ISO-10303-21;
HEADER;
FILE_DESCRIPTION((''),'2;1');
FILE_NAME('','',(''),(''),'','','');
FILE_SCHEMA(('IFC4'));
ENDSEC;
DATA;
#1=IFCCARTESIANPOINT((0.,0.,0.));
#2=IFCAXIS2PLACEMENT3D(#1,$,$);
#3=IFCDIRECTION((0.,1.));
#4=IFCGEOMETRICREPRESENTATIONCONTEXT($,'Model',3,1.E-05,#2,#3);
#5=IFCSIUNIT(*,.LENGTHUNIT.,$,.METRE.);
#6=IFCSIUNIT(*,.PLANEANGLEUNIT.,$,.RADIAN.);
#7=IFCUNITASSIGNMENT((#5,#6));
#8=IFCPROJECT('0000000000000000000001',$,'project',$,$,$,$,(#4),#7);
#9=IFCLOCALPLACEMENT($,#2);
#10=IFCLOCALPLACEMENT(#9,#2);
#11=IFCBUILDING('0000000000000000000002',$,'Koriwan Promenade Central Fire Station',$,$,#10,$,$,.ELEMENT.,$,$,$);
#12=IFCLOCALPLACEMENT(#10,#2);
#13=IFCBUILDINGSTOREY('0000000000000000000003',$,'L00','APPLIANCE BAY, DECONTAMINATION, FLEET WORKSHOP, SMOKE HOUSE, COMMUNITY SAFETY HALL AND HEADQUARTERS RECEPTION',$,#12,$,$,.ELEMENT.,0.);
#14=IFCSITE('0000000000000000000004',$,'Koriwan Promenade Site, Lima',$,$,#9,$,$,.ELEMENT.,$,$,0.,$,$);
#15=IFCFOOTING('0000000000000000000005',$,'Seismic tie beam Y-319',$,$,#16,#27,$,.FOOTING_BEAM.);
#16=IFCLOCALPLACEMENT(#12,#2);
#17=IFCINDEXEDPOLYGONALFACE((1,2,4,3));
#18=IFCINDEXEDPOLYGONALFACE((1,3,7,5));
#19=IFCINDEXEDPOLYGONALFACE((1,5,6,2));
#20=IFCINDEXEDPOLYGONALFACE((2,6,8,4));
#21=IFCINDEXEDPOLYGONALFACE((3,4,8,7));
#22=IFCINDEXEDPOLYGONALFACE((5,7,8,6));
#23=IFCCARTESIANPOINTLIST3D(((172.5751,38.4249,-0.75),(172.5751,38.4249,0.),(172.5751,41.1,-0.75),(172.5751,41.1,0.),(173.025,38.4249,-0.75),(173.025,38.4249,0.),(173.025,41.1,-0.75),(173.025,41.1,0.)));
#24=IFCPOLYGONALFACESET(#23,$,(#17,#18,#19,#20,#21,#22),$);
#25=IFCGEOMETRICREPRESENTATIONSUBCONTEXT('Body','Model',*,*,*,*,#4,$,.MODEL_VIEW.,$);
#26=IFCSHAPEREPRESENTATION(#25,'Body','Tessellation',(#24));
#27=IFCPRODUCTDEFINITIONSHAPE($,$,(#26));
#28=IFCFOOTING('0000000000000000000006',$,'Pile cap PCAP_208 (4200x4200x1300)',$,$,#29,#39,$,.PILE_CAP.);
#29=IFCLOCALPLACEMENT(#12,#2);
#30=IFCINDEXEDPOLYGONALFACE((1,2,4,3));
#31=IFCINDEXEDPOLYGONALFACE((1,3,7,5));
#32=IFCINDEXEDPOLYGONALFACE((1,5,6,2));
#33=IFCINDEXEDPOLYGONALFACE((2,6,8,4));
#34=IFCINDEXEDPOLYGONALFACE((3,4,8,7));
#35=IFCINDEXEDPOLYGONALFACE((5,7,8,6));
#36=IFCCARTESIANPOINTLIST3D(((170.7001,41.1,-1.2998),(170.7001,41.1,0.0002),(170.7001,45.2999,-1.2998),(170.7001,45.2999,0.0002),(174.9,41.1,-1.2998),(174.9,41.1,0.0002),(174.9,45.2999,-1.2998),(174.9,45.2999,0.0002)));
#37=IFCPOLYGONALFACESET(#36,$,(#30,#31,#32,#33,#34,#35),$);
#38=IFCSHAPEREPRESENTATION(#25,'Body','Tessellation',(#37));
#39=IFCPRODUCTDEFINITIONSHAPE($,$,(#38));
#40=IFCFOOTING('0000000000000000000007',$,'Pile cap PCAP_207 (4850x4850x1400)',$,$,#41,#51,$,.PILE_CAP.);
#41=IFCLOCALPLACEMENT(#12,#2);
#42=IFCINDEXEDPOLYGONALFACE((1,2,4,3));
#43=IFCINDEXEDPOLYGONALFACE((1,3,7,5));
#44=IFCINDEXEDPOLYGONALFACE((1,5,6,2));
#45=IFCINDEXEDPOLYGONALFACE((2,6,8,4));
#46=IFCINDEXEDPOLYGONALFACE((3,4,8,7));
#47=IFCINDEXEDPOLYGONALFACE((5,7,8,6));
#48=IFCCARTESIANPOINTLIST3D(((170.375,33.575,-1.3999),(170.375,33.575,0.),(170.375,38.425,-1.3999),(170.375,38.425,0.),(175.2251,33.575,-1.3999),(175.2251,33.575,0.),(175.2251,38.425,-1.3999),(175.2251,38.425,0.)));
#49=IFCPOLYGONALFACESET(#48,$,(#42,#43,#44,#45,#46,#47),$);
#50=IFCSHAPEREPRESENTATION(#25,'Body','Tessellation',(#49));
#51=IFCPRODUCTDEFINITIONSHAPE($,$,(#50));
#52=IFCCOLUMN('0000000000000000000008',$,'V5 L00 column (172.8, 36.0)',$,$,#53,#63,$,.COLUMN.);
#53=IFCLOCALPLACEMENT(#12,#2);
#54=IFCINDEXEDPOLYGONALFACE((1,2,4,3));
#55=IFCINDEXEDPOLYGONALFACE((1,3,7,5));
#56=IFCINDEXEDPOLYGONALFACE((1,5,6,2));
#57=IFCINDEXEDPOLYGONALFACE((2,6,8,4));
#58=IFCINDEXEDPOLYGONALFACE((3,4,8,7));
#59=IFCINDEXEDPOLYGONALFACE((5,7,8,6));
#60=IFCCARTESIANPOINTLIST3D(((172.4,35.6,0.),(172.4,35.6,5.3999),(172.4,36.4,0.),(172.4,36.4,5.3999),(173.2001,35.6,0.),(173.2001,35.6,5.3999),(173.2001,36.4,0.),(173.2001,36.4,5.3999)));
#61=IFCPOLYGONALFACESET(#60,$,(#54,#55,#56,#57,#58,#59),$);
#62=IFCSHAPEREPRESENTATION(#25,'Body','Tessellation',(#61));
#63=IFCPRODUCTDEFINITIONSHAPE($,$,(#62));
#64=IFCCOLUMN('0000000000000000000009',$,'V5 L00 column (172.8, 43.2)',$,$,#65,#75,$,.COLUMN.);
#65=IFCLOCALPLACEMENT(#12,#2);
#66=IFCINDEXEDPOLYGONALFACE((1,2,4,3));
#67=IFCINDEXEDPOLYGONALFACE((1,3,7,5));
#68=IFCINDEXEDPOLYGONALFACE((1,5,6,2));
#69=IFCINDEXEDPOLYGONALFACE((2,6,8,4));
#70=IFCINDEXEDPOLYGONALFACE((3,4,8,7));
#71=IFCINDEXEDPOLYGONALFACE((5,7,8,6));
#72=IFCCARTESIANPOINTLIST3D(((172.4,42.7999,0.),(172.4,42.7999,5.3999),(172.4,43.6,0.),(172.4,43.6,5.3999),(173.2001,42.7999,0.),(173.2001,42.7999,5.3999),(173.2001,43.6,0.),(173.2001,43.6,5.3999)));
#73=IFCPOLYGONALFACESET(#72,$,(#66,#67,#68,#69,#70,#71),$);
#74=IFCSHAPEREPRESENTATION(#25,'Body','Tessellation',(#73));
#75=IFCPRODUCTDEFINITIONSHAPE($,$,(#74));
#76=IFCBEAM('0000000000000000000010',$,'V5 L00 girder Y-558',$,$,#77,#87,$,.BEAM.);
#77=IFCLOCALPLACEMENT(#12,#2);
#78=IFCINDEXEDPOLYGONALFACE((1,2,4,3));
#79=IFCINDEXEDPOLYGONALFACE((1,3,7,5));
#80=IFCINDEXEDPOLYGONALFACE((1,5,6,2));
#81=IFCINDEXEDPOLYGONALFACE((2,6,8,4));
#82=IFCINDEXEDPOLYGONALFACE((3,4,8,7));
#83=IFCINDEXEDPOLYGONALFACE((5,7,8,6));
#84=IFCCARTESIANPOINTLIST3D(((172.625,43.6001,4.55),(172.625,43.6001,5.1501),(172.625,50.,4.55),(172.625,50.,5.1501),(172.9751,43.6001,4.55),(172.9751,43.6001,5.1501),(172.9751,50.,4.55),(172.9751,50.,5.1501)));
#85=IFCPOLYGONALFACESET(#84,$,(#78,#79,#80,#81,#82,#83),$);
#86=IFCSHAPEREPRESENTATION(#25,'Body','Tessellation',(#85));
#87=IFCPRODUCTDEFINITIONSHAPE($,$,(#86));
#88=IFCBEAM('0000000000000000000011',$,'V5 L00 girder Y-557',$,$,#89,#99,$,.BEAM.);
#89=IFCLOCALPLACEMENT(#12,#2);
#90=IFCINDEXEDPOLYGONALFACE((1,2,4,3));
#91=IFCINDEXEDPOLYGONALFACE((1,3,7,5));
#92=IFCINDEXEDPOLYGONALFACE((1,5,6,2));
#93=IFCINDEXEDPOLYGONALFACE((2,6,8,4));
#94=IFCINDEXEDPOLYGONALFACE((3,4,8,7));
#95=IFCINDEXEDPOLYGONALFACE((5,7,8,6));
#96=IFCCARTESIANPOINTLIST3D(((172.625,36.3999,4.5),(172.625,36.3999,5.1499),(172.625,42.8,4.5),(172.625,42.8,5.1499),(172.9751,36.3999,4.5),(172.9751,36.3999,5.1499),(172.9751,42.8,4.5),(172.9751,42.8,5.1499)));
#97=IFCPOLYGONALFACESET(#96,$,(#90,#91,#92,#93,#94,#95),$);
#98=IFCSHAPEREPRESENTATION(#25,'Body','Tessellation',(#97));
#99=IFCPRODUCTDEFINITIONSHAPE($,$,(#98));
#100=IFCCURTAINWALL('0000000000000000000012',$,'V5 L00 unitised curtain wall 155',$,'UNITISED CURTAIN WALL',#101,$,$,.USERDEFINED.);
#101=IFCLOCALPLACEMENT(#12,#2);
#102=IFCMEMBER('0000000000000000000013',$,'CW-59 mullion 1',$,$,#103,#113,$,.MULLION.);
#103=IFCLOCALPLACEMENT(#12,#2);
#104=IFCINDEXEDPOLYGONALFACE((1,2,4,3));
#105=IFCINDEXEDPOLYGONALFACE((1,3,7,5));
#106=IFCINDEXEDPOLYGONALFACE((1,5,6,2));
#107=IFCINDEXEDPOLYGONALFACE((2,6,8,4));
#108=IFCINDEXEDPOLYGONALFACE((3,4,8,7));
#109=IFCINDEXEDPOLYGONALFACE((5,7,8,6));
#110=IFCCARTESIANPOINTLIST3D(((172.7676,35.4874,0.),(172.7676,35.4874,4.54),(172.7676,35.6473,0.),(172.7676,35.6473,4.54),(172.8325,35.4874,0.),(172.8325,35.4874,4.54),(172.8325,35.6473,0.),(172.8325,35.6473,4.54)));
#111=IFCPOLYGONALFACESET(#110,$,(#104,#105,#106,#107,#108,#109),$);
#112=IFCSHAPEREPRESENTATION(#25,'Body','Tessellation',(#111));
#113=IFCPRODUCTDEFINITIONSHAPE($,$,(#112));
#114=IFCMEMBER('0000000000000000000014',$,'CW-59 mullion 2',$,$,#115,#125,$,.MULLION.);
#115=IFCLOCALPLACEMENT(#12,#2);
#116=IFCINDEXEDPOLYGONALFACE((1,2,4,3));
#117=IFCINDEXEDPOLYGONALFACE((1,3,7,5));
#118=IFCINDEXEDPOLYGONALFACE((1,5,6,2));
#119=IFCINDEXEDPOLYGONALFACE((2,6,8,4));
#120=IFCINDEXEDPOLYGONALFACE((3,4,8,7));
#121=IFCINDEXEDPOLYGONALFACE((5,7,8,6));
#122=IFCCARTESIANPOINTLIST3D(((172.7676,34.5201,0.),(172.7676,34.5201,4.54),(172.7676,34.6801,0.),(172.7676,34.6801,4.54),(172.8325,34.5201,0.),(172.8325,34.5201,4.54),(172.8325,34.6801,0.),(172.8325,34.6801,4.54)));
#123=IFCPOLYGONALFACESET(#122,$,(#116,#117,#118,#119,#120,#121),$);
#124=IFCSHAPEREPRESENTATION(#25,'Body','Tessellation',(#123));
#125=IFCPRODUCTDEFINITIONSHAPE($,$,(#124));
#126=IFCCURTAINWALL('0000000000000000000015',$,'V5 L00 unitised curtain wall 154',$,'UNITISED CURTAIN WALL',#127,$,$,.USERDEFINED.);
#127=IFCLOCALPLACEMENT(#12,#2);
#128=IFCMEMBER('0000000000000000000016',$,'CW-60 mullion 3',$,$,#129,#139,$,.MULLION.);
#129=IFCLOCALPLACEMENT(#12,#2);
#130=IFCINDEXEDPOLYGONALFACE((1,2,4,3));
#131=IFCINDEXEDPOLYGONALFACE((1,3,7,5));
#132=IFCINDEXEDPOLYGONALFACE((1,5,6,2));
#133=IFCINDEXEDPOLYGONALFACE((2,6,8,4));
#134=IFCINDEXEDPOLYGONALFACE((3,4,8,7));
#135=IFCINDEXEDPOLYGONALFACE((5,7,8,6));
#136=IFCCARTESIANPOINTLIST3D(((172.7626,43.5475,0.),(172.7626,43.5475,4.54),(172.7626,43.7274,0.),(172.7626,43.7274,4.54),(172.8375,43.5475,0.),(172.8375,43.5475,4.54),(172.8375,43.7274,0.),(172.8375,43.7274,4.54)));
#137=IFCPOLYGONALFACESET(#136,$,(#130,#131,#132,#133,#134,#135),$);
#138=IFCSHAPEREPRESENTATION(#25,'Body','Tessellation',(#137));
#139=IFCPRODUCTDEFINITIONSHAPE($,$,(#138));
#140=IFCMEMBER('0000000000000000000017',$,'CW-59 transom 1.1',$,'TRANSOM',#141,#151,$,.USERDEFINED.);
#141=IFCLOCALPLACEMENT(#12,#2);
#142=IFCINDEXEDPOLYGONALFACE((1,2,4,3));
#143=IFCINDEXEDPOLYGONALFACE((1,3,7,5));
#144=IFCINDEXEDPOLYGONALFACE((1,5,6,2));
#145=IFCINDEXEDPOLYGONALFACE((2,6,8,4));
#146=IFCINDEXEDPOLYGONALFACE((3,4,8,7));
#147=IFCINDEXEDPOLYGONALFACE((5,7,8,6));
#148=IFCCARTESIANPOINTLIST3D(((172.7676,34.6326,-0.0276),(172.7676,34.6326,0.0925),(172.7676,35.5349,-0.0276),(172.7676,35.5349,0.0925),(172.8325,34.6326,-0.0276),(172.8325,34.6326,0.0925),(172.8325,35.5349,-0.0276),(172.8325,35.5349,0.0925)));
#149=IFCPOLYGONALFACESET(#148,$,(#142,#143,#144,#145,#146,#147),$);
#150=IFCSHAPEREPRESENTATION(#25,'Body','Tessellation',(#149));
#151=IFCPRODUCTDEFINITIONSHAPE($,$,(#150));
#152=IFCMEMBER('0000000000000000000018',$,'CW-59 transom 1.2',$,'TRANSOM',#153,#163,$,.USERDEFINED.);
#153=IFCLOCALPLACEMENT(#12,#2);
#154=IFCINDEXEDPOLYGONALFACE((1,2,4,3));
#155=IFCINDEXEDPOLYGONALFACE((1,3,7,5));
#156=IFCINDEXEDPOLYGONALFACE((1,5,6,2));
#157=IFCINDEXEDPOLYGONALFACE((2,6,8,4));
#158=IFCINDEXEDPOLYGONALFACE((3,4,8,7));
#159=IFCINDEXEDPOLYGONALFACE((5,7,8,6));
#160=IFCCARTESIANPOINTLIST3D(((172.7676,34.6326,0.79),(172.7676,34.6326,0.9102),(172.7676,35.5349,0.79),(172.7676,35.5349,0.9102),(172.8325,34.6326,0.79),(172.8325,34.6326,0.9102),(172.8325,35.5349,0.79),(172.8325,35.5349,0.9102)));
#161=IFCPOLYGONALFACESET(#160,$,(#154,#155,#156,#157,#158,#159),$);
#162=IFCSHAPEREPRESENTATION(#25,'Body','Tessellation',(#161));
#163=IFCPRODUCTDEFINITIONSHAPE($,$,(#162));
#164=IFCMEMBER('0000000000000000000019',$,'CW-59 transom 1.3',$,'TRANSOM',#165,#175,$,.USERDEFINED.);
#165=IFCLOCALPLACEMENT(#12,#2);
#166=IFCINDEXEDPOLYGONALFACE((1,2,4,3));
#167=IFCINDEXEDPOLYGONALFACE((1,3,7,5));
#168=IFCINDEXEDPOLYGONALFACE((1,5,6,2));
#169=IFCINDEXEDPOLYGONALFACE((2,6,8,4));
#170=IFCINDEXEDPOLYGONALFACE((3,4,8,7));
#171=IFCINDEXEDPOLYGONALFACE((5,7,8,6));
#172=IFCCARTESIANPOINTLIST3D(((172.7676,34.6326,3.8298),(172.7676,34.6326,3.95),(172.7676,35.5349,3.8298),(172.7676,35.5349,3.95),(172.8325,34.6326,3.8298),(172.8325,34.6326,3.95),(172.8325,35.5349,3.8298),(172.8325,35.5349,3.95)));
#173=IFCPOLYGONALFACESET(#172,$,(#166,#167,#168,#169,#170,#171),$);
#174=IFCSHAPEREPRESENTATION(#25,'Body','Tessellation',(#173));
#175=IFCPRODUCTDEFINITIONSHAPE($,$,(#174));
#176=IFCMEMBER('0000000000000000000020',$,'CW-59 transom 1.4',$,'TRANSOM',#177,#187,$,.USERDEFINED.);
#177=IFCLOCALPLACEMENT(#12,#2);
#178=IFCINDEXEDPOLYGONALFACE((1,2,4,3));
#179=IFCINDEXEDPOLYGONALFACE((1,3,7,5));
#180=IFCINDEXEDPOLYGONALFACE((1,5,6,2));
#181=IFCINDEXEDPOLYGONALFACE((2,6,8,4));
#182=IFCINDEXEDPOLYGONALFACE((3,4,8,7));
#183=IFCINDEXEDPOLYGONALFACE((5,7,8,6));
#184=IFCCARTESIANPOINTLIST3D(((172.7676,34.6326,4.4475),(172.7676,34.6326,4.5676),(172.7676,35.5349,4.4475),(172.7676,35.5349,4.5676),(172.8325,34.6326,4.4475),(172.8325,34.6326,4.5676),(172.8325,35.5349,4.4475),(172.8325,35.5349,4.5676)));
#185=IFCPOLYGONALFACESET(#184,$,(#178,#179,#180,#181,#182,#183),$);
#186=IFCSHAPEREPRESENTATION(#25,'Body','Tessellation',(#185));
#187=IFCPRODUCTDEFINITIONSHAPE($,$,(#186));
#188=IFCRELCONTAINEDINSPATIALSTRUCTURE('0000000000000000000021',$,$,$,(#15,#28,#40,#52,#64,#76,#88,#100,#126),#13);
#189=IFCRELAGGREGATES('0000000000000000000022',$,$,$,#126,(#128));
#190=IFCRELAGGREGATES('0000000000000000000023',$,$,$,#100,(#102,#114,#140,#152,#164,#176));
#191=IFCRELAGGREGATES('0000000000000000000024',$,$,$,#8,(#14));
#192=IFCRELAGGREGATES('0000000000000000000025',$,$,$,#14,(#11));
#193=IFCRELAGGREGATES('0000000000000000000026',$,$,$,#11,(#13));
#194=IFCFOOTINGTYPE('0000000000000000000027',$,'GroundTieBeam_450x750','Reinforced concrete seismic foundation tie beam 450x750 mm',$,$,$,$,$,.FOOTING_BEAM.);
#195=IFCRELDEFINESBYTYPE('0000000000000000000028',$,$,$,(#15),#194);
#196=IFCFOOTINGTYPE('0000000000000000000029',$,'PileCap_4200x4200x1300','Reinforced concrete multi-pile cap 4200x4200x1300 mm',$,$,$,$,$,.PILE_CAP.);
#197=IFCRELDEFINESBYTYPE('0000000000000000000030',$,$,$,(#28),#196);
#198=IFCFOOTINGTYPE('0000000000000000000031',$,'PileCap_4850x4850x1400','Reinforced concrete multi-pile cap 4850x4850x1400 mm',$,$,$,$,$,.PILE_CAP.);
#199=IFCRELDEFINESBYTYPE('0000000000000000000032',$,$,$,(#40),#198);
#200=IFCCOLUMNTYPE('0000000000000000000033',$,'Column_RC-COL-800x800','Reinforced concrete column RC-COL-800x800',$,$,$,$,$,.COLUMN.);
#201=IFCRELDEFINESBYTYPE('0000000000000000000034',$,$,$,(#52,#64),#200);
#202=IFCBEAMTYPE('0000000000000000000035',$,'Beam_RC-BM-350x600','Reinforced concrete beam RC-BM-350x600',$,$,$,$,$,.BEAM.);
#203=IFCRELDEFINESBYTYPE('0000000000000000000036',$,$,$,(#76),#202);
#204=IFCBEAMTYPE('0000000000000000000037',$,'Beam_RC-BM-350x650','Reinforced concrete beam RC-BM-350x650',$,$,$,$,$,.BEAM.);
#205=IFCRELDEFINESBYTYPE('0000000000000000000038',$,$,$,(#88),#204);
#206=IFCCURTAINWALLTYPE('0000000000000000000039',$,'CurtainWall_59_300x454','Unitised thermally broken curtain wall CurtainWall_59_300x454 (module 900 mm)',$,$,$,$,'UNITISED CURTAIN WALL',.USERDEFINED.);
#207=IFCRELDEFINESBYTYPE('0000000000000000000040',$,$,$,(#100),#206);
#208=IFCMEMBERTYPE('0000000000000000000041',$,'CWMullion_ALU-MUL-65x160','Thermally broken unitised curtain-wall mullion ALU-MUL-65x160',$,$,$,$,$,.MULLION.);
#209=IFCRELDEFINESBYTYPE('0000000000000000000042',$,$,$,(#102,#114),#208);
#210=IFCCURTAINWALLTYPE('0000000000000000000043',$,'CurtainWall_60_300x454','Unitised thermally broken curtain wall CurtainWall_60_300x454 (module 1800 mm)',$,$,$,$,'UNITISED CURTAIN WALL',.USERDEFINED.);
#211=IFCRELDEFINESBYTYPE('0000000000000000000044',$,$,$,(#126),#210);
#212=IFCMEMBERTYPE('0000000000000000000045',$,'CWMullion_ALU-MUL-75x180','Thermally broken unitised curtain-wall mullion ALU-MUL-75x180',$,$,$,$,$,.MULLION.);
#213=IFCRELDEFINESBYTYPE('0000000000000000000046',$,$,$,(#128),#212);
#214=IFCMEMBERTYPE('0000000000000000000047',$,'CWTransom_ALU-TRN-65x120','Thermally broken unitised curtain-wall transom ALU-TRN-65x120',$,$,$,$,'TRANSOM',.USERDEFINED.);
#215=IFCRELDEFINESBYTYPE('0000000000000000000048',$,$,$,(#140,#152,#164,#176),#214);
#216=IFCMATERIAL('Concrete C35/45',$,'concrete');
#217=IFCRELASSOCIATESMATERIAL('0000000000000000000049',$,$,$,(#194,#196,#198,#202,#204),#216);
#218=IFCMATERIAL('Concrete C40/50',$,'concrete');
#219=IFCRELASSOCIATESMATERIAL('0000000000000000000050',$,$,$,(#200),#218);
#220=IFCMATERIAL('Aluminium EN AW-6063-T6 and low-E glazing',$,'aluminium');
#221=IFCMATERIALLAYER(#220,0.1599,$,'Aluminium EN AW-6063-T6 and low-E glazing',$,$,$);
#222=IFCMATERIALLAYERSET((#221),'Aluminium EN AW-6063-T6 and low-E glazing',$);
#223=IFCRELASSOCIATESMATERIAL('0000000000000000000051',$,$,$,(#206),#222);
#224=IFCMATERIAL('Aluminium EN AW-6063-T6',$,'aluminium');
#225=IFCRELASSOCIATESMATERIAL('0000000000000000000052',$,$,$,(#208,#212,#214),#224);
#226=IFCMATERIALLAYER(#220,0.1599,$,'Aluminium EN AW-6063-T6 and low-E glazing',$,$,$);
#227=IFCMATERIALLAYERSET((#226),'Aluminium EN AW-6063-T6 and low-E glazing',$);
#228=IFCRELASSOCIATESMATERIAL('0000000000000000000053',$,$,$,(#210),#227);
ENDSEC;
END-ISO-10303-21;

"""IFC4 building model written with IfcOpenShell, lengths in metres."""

from ifc_helpers import new_model, si_unit, direction, frame, origin, origin_2d, place, context, subcontext, project, spatial, rectangle, extrude, material, layer, layer_set, material_profile, profile_set, type_object, element, aggregate, save


model = new_model("IFC4")

# Units and contexts
model_context = context("Model", 3, precision=1e-05, world=origin(), true_north=direction((0.0, 1.0)))
body_context = subcontext(model_context, "Body", "Model", "MODEL_VIEW")
ifc_project = project(units=[si_unit("LENGTHUNIT", "METRE"), si_unit("PLANEANGLEUNIT", "RADIAN")], contexts=[model_context])

# Site, building, storey
site_placement = place(None, origin())
site = spatial("IfcSite", under=ifc_project, at=site_placement, Name="Koriwan Promenade Site, Lima", CompositionType="ELEMENT", RefElevation=0.0)
building_placement = place(site_placement, origin())
building = spatial("IfcBuilding", under=site, at=building_placement, Name="Koriwan Promenade Central Fire Station", CompositionType="ELEMENT")
storey_placement = place(building_placement, origin())
storey = spatial("IfcBuildingStorey", under=building, at=storey_placement, Name="L00", Description="APPLIANCE BAY, DECONTAMINATION, FLEET WORKSHOP, SMOKE HOUSE, COMMUNITY SAFETY HALL AND HEADQUARTERS RECEPTION", CompositionType="ELEMENT", Elevation=0.0)

# Shared definitions
ifc_material_1 = material(Name="Concrete C35/45", Category="concrete")

# Footings
footing_type_1 = type_object("IfcFootingType", Name="GroundTieBeam_450x750", Description="Reinforced concrete seismic foundation tie beam 450x750 mm", PredefinedType="FOOTING_BEAM", material=ifc_material_1)
footing_1_placement = place(storey_placement, frame((172.8, 39.7625, -0.75), z_axis=(0.0, 0.0, 1.0), x_axis=(0.0, 1.0, 0.0)))
element("IfcFooting", 1, at=footing_1_placement, inside=storey, type_object=footing_type_1, Name="Seismic tie beam Y-319", PredefinedType="FOOTING_BEAM", context=body_context, shape_type="SweptSolid", body=[
    extrude(rectangle(XDim=2.675, YDim=0.45, at=origin_2d()), origin(), (0.0, 0.0, 1.0), 0.75),
])
footing_type_2 = type_object("IfcFootingType", Name="PileCap_4200x4200x1300", Description="Reinforced concrete multi-pile cap 4200x4200x1300 mm", PredefinedType="PILE_CAP", material=ifc_material_1)
footing_2_placement = place(storey_placement, frame((172.8, 43.2, -1.2998), z_axis=(0.0, 0.0, 1.0), x_axis=(1.0, 0.0, 0.0)))
element("IfcFooting", 2, at=footing_2_placement, inside=storey, type_object=footing_type_2, Name="Pile cap PCAP_208 (4200x4200x1300)", PredefinedType="PILE_CAP", context=body_context, shape_type="SweptSolid", body=[
    extrude(rectangle(XDim=4.2, YDim=4.2, at=origin_2d()), origin(), (0.0, 0.0, 1.0), 1.3),
])
footing_type_3 = type_object("IfcFootingType", Name="PileCap_4850x4850x1400", Description="Reinforced concrete multi-pile cap 4850x4850x1400 mm", PredefinedType="PILE_CAP", material=ifc_material_1)
footing_3_placement = place(storey_placement, frame((172.8, 36.0, -1.3999), z_axis=(0.0, 0.0, 1.0), x_axis=(1.0, 0.0, 0.0)))
element("IfcFooting", 3, at=footing_3_placement, inside=storey, type_object=footing_type_3, Name="Pile cap PCAP_207 (4850x4850x1400)", PredefinedType="PILE_CAP", context=body_context, shape_type="SweptSolid", body=[
    extrude(rectangle(XDim=4.8501, YDim=4.8501, at=origin_2d()), origin(), (0.0, 0.0, 1.0), 1.3999),
])

# Columns
ifc_material_2 = material(Name="Concrete C40/50", Category="concrete")
ifc_material_profile_1 = material_profile(ifc_material_2, rectangle(XDim=0.8, YDim=0.8, at=origin_2d()), Name="RC-COL-800x800")
ifc_profile_set_1 = profile_set([ifc_material_profile_1], Name="Concrete C40/50")
column_type = type_object("IfcColumnType", Name="Column_RC-COL-800x800", Description="Reinforced concrete column RC-COL-800x800", PredefinedType="COLUMN", material=ifc_profile_set_1)
for number, where, z_axis, x_axis, name in (
    (4, (172.8, 36.0, 0.0), (0.0, 0.0, 1.0), (1.0, 0.0, 0.0), "V5 L00 column (172.8, 36.0)"),
    (5, (172.8, 43.2, 0.0), (0.0, 0.0, 1.0), (1.0, 0.0, 0.0), "V5 L00 column (172.8, 43.2)"),
):
    element("IfcColumn", number, at=place(storey_placement, frame(where, z_axis=z_axis, x_axis=x_axis)), inside=storey, type_object=column_type, Name=name, PredefinedType="COLUMN", context=body_context, shape_type="SweptSolid", body=[
        extrude(rectangle(XDim=0.8, YDim=0.8, at=origin_2d()), origin(), (0.0, 0.0, 1.0), 5.3999),
    ])

# Beams
ifc_material_profile_2 = material_profile(ifc_material_1, rectangle(XDim=0.3501, YDim=0.6001, at=origin_2d()), Name="RC-BM-350x600")
ifc_profile_set_2 = profile_set([ifc_material_profile_2], Name="Concrete C35/45")
beam_type_1 = type_object("IfcBeamType", Name="Beam_RC-BM-350x600", Description="Reinforced concrete beam RC-BM-350x600", PredefinedType="BEAM", material=ifc_profile_set_2)
beam_1_placement = place(storey_placement, frame((172.8, 43.6001, 4.8501), z_axis=(0.0, 1.0, 0.0), x_axis=(-1.0, 0.0, 0.0)))
element("IfcBeam", 6, at=beam_1_placement, inside=storey, type_object=beam_type_1, Name="V5 L00 girder Y-558", PredefinedType="BEAM", context=body_context, shape_type="SweptSolid", body=[
    extrude(rectangle(XDim=0.3501, YDim=0.6001, at=origin_2d()), origin(), (0.0, 0.0, 1.0), 6.3999),
])
ifc_material_profile_3 = material_profile(ifc_material_1, rectangle(XDim=0.3501, YDim=0.6499, at=origin_2d()), Name="RC-BM-350x650")
ifc_profile_set_3 = profile_set([ifc_material_profile_3], Name="Concrete C35/45")
beam_type_2 = type_object("IfcBeamType", Name="Beam_RC-BM-350x650", Description="Reinforced concrete beam RC-BM-350x650", PredefinedType="BEAM", material=ifc_profile_set_3)
beam_2_placement = place(storey_placement, frame((172.8, 36.3999, 4.825), z_axis=(0.0, 1.0, 0.0), x_axis=(-1.0, 0.0, 0.0)))
element("IfcBeam", 7, at=beam_2_placement, inside=storey, type_object=beam_type_2, Name="V5 L00 girder Y-557", PredefinedType="BEAM", context=body_context, shape_type="SweptSolid", body=[
    extrude(rectangle(XDim=0.3501, YDim=0.6499, at=origin_2d()), origin(), (0.0, 0.0, 1.0), 6.4001),
])

# Curtain wall, members
ifc_material_3 = material(Name="Aluminium EN AW-6063-T6 and low-E glazing", Category="aluminium")
ifc_layer_1 = layer(ifc_material_3, 0.1599, Name="Aluminium EN AW-6063-T6 and low-E glazing")
ifc_layer_set_1 = layer_set([ifc_layer_1], Name="Aluminium EN AW-6063-T6 and low-E glazing")
curtain_wall_type_1 = type_object("IfcCurtainWallType", Name="CurtainWall_59_300x454", Description="Unitised thermally broken curtain wall CurtainWall_59_300x454 (module 900 mm)", ElementType="UNITISED CURTAIN WALL", PredefinedType="USERDEFINED", material=ifc_layer_set_1)
curtain_wall_1_placement = place(storey_placement, origin())
curtain_wall_1 = element("IfcCurtainWall", 8, at=curtain_wall_1_placement, inside=storey, type_object=curtain_wall_type_1, Name="V5 L00 unitised curtain wall 155", ObjectType="UNITISED CURTAIN WALL", PredefinedType="USERDEFINED")
ifc_material_4 = material(Name="Aluminium EN AW-6063-T6", Category="aluminium")
ifc_material_profile_4 = material_profile(ifc_material_4, rectangle(XDim=0.0649, YDim=0.1599, at=origin_2d()), Name="ALU-MUL-65x160")
ifc_profile_set_4 = profile_set([ifc_material_profile_4], Name="Aluminium EN AW-6063-T6")
member_type_1 = type_object("IfcMemberType", Name="CWMullion_ALU-MUL-65x160", Description="Thermally broken unitised curtain-wall mullion ALU-MUL-65x160", PredefinedType="MULLION", material=ifc_profile_set_4)
member_1_placement = place(storey_placement, frame((172.8, 35.5674, 0.0), z_axis=(0.0, 0.0, 1.0), x_axis=(1.0, 0.0, 0.0)))
member_1 = element("IfcMember", 9, at=member_1_placement, type_object=member_type_1, Name="CW-59 mullion 1", PredefinedType="MULLION", context=body_context, shape_type="SweptSolid", body=[
    extrude(rectangle(XDim=0.0649, YDim=0.1599, at=origin_2d()), origin(), (0.0, 0.0, 1.0), 4.54),
])
member_2_placement = place(storey_placement, frame((172.8, 34.6001, 0.0), z_axis=(0.0, 0.0, 1.0), x_axis=(1.0, 0.0, 0.0)))
member_2 = element("IfcMember", 10, at=member_2_placement, type_object=member_type_1, Name="CW-59 mullion 2", PredefinedType="MULLION", context=body_context, shape_type="SweptSolid", body=[
    extrude(rectangle(XDim=0.0649, YDim=0.1599, at=origin_2d()), origin(), (0.0, 0.0, 1.0), 4.54),
])

# Curtain wall, member
ifc_layer_2 = layer(ifc_material_3, 0.1599, Name="Aluminium EN AW-6063-T6 and low-E glazing")
ifc_layer_set_2 = layer_set([ifc_layer_2], Name="Aluminium EN AW-6063-T6 and low-E glazing")
curtain_wall_type_2 = type_object("IfcCurtainWallType", Name="CurtainWall_60_300x454", Description="Unitised thermally broken curtain wall CurtainWall_60_300x454 (module 1800 mm)", ElementType="UNITISED CURTAIN WALL", PredefinedType="USERDEFINED", material=ifc_layer_set_2)
curtain_wall_2_placement = place(storey_placement, origin())
curtain_wall_2 = element("IfcCurtainWall", 11, at=curtain_wall_2_placement, inside=storey, type_object=curtain_wall_type_2, Name="V5 L00 unitised curtain wall 154", ObjectType="UNITISED CURTAIN WALL", PredefinedType="USERDEFINED")
ifc_material_profile_5 = material_profile(ifc_material_4, rectangle(XDim=0.075, YDim=0.1799, at=origin_2d()), Name="ALU-MUL-75x180")
ifc_profile_set_5 = profile_set([ifc_material_profile_5], Name="Aluminium EN AW-6063-T6")
member_type_2 = type_object("IfcMemberType", Name="CWMullion_ALU-MUL-75x180", Description="Thermally broken unitised curtain-wall mullion ALU-MUL-75x180", PredefinedType="MULLION", material=ifc_profile_set_5)
member_3_placement = place(storey_placement, frame((172.8, 43.6375, 0.0), z_axis=(0.0, 0.0, 1.0), x_axis=(1.0, 0.0, 0.0)))
member_3 = element("IfcMember", 12, at=member_3_placement, type_object=member_type_2, Name="CW-60 mullion 3", PredefinedType="MULLION", context=body_context, shape_type="SweptSolid", body=[
    extrude(rectangle(XDim=0.075, YDim=0.1799, at=origin_2d()), origin(), (0.0, 0.0, 1.0), 4.54),
])

# Members
ifc_material_profile_6 = material_profile(ifc_material_4, rectangle(XDim=0.0649, YDim=0.1201, at=origin_2d()), Name="ALU-TRN-65x120")
ifc_profile_set_6 = profile_set([ifc_material_profile_6], Name="Aluminium EN AW-6063-T6")
member_type_3 = type_object("IfcMemberType", Name="CWTransom_ALU-TRN-65x120", Description="Thermally broken unitised curtain-wall transom ALU-TRN-65x120", ElementType="TRANSOM", PredefinedType="USERDEFINED", material=ifc_profile_set_6)
member_4_placement = place(storey_placement, frame((172.8, 35.5349, 0.0325), z_axis=(0.0, -1.0, 0.0), x_axis=(1.0, 0.0, 0.0)))
member_4 = element("IfcMember", 13, at=member_4_placement, type_object=member_type_3, Name="CW-59 transom 1.1", ObjectType="TRANSOM", PredefinedType="USERDEFINED", context=body_context, shape_type="SweptSolid", body=[
    extrude(rectangle(XDim=0.0649, YDim=0.1201, at=origin_2d()), origin(), (0.0, 0.0, 1.0), 0.9023),
])
member_5_placement = place(storey_placement, frame((172.8, 35.5349, 0.8501), z_axis=(0.0, -1.0, 0.0), x_axis=(1.0, 0.0, 0.0)))
member_5 = element("IfcMember", 14, at=member_5_placement, type_object=member_type_3, Name="CW-59 transom 1.2", ObjectType="TRANSOM", PredefinedType="USERDEFINED", context=body_context, shape_type="SweptSolid", body=[
    extrude(rectangle(XDim=0.0649, YDim=0.1201, at=origin_2d()), origin(), (0.0, 0.0, 1.0), 0.9023),
])
member_6_placement = place(storey_placement, frame((172.8, 35.5349, 3.8899), z_axis=(0.0, -1.0, 0.0), x_axis=(1.0, 0.0, 0.0)))
member_6 = element("IfcMember", 15, at=member_6_placement, type_object=member_type_3, Name="CW-59 transom 1.3", ObjectType="TRANSOM", PredefinedType="USERDEFINED", context=body_context, shape_type="SweptSolid", body=[
    extrude(rectangle(XDim=0.0649, YDim=0.1201, at=origin_2d()), origin(), (0.0, 0.0, 1.0), 0.9023),
])
member_7_placement = place(storey_placement, frame((172.8, 35.5349, 4.5076), z_axis=(0.0, -1.0, 0.0), x_axis=(1.0, 0.0, 0.0)))
member_7 = element("IfcMember", 16, at=member_7_placement, type_object=member_type_3, Name="CW-59 transom 1.4", ObjectType="TRANSOM", PredefinedType="USERDEFINED", context=body_context, shape_type="SweptSolid", body=[
    extrude(rectangle(XDim=0.0649, YDim=0.1201, at=origin_2d()), origin(), (0.0, 0.0, 1.0), 0.9023),
])

aggregate(curtain_wall_2, [member_3])
aggregate(curtain_wall_1, [member_1, member_2, member_4, member_5, member_6, member_7])

save(model, "model.ifc")
